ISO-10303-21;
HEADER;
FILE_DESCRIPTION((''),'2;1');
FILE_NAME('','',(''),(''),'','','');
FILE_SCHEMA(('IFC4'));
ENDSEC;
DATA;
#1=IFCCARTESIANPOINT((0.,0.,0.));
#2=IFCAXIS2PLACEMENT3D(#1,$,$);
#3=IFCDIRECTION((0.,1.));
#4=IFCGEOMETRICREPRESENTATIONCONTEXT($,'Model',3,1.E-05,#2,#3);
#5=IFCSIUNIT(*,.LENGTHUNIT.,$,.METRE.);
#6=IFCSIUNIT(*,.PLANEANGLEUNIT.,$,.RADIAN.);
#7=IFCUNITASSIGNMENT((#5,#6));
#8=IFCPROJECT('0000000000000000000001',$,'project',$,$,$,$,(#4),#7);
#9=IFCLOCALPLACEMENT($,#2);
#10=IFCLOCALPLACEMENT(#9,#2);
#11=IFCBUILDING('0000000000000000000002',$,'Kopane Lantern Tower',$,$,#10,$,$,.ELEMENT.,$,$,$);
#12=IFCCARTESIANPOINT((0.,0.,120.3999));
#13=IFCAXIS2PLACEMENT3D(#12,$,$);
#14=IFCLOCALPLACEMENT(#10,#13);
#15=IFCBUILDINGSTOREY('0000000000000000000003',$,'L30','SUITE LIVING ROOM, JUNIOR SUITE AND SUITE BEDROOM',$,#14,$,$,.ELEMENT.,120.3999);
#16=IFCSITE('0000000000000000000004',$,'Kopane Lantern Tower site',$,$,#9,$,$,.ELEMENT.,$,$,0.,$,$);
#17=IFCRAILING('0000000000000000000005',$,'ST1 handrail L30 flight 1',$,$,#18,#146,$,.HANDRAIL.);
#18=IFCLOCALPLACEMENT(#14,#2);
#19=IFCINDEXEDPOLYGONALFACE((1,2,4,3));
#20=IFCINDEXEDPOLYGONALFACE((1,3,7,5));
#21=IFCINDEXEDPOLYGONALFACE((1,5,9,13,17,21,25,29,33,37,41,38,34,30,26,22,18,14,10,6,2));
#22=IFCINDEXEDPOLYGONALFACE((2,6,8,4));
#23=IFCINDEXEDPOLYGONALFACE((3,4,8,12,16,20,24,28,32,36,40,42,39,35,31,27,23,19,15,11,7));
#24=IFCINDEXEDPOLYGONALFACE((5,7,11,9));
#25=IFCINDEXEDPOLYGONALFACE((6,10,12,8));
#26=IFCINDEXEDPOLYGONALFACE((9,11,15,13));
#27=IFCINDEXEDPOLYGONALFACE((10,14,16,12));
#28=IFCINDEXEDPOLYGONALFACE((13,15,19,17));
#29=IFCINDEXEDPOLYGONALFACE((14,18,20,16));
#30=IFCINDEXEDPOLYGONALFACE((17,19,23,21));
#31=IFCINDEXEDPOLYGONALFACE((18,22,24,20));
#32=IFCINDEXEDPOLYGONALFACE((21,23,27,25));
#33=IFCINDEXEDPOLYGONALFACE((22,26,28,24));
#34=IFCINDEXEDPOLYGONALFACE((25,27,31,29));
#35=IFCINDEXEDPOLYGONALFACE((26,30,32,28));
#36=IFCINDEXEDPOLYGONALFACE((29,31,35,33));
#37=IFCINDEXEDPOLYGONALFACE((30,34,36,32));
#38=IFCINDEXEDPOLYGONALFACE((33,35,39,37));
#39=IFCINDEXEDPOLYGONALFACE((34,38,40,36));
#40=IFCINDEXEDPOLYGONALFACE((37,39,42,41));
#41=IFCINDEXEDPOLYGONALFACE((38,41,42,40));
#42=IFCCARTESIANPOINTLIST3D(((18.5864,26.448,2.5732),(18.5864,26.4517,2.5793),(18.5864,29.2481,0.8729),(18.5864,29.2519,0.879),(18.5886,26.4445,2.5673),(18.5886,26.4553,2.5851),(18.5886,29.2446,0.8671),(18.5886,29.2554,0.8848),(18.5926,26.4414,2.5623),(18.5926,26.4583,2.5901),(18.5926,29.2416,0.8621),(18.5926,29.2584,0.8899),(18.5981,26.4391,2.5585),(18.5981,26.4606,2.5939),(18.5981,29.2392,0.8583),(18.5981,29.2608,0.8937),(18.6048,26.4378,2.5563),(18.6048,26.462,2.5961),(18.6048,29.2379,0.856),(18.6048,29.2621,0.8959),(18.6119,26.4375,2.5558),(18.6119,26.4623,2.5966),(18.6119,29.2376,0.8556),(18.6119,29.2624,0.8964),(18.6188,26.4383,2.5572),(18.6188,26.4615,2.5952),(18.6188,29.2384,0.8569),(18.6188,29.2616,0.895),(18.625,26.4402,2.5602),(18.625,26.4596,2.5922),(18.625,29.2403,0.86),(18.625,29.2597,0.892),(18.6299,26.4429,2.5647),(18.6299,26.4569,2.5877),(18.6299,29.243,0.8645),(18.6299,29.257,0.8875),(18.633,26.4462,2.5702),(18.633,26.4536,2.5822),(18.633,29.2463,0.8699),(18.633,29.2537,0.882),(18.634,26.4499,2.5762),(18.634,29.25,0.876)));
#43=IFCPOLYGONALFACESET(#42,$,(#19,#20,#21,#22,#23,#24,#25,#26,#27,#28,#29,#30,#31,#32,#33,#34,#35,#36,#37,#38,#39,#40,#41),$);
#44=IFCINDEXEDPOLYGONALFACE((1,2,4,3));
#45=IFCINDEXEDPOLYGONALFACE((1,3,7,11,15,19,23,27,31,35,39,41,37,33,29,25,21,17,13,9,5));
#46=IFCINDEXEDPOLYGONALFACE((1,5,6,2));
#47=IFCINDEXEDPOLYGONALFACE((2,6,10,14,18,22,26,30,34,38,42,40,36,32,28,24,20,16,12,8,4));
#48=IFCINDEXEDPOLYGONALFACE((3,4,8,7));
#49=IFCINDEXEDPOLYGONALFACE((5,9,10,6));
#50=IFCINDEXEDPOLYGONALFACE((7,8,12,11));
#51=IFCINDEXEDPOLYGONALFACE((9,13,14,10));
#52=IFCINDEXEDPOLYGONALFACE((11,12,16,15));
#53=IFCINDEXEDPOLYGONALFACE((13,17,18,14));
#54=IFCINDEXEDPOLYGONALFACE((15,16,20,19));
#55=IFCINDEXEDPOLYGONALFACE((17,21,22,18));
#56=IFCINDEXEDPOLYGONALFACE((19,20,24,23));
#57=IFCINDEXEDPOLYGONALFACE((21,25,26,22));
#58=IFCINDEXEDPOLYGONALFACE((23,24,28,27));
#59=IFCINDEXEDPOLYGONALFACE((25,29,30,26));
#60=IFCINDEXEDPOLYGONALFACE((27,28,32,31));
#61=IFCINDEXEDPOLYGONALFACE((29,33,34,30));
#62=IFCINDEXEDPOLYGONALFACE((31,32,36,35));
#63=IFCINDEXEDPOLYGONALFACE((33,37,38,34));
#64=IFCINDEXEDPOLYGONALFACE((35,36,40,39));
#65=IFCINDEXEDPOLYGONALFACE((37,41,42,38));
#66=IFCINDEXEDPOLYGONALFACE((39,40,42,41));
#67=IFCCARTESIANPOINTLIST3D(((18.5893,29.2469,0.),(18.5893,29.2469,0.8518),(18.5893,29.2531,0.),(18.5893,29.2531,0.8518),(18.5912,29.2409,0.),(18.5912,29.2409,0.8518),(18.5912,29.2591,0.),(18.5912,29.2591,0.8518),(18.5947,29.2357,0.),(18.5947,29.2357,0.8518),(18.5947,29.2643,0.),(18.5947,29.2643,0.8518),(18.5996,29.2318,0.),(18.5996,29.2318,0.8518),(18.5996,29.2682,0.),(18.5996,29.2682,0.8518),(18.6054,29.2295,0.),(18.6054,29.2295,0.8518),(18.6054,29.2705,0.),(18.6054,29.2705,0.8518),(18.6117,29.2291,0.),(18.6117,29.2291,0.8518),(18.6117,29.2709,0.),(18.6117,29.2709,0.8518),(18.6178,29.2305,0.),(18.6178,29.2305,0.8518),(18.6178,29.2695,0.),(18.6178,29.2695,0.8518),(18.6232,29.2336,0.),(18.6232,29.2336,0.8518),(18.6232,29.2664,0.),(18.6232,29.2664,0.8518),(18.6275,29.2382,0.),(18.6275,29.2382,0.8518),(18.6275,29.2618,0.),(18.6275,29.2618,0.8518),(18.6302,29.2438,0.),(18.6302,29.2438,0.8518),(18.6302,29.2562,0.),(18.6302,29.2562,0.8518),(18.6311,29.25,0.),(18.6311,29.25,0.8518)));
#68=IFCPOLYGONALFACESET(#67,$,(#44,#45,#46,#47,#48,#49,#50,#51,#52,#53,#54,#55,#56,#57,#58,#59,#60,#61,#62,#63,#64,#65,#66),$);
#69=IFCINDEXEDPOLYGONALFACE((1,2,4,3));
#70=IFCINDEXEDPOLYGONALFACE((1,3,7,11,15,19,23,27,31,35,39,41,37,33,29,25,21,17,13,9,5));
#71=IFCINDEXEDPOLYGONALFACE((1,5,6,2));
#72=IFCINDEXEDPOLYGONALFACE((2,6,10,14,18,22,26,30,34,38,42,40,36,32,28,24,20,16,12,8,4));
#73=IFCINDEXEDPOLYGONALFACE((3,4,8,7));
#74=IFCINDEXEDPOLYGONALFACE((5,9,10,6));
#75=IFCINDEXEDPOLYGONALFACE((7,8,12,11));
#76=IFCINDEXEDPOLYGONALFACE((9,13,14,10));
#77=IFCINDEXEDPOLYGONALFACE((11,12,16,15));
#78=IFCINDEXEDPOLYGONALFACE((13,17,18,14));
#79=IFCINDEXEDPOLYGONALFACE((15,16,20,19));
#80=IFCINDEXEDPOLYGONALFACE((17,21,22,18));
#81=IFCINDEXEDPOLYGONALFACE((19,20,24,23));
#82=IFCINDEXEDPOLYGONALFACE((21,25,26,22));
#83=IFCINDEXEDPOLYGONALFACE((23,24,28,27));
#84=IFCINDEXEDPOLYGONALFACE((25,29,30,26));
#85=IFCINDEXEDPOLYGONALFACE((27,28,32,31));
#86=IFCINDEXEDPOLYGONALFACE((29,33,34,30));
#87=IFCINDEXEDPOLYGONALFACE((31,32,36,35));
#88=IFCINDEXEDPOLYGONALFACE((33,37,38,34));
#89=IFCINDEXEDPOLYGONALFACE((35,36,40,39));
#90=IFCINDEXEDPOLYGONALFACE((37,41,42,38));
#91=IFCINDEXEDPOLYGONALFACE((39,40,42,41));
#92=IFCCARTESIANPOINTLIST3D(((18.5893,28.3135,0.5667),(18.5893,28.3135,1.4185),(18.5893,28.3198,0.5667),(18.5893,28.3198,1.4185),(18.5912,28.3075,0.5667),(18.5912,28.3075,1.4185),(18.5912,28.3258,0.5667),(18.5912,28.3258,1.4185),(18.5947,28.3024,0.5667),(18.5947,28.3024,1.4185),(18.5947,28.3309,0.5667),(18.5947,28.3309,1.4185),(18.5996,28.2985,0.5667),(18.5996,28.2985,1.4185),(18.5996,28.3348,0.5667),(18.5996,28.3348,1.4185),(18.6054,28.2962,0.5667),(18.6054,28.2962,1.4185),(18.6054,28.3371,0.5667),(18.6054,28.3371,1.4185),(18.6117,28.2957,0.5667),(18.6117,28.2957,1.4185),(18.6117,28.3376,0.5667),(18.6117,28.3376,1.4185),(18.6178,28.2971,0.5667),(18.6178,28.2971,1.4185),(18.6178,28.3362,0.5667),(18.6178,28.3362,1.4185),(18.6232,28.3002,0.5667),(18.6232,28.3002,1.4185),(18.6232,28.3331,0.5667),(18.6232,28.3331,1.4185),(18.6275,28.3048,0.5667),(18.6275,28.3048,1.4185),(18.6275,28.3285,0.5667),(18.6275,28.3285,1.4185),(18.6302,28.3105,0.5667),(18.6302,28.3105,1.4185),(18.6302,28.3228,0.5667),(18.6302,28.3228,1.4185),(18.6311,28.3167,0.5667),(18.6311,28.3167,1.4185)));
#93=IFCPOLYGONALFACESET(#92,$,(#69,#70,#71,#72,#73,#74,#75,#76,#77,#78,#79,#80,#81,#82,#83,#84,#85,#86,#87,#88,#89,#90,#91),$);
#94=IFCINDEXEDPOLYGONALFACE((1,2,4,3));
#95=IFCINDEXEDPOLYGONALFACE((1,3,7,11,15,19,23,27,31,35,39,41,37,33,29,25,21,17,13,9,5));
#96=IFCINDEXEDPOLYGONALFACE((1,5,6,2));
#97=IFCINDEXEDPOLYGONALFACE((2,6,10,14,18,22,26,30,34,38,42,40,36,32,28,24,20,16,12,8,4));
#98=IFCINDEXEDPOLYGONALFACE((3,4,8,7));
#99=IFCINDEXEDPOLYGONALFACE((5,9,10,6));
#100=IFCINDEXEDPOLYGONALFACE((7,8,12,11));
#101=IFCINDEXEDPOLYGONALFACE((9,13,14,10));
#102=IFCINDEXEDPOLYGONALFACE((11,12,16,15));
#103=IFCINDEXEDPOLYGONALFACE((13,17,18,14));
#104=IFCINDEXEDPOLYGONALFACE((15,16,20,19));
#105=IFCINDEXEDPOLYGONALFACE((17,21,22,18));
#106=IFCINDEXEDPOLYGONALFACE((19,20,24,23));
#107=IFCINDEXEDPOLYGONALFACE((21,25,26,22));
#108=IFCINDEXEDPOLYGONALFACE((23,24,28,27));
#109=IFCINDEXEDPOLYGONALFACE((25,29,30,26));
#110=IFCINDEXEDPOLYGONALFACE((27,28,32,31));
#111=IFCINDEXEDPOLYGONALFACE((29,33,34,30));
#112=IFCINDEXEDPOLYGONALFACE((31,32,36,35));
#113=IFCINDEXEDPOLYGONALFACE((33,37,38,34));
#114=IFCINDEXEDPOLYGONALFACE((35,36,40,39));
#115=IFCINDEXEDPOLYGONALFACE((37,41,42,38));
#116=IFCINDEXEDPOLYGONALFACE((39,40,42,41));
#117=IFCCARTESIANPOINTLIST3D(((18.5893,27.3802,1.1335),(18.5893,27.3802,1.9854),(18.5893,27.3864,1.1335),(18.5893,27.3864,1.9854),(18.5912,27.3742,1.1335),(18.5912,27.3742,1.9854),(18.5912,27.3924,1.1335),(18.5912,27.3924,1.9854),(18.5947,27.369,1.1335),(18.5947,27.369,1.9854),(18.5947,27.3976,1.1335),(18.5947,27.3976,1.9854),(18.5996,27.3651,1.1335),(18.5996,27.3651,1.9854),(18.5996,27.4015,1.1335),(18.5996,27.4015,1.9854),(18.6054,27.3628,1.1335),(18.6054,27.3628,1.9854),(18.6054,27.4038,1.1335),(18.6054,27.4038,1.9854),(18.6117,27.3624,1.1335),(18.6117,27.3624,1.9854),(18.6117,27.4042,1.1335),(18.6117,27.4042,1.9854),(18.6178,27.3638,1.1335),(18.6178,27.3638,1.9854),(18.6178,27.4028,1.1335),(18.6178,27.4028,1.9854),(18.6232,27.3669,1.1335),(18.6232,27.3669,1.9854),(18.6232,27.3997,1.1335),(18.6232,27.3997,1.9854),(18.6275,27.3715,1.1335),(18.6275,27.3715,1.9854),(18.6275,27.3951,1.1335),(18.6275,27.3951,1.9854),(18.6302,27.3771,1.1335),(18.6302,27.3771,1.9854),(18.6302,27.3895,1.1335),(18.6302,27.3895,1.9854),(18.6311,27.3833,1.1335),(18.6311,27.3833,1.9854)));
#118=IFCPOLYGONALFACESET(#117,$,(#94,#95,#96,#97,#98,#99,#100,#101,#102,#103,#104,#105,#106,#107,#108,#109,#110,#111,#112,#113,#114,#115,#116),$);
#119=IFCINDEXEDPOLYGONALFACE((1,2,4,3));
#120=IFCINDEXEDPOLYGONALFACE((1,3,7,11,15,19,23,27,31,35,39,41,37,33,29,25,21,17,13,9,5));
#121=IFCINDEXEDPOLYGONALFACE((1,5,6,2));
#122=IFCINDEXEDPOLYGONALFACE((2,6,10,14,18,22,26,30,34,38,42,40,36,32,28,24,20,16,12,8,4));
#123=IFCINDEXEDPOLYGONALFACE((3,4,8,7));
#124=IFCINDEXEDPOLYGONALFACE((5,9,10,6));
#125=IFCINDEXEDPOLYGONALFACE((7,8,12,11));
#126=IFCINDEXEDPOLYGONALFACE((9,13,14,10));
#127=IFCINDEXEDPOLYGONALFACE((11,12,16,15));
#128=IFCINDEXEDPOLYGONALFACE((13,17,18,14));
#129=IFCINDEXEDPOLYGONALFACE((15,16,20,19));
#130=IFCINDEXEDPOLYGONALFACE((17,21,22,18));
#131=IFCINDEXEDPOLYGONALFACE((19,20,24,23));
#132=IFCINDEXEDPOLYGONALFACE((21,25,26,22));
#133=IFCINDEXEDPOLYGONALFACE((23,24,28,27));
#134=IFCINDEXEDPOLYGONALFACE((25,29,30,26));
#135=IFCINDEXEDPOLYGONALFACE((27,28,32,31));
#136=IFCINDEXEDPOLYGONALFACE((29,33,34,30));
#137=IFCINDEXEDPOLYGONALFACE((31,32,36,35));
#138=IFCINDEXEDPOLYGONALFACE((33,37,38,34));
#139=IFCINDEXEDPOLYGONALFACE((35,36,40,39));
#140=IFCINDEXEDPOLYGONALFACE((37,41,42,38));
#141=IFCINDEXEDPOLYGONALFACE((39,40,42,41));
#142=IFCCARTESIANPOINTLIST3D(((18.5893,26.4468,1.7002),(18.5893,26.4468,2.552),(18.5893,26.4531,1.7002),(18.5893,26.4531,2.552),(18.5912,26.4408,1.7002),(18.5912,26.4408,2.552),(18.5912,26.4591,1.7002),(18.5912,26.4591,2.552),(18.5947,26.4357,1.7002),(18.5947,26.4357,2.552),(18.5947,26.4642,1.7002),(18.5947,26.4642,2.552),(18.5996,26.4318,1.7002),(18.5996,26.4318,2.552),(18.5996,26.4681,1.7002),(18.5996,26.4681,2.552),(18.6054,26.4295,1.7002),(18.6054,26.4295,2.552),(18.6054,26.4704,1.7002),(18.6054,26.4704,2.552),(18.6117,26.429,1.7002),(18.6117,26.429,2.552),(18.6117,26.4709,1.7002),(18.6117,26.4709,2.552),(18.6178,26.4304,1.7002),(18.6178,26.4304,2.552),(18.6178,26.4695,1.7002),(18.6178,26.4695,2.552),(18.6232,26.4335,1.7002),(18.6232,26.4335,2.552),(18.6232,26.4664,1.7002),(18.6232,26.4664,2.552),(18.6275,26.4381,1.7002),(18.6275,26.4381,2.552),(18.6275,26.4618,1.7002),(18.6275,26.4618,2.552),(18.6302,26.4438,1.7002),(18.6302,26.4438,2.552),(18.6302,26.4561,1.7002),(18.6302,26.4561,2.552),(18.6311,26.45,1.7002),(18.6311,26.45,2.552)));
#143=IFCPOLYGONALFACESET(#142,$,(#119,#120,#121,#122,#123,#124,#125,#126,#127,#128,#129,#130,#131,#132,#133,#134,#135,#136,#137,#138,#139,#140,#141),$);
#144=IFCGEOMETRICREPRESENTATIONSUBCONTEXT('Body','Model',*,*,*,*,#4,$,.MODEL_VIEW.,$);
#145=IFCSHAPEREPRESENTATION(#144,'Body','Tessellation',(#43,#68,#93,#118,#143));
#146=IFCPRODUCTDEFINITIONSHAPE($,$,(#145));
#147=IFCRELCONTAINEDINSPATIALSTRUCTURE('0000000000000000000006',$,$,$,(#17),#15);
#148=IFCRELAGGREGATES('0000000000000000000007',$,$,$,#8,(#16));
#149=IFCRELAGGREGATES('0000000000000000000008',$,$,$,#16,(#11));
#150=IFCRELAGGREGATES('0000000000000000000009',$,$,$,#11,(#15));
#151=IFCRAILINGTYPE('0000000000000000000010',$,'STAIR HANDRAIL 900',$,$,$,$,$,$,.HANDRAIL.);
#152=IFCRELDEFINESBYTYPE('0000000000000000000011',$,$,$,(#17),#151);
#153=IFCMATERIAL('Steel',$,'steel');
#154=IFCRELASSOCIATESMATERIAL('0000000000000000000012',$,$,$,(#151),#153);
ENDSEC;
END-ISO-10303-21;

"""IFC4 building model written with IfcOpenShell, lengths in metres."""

from ifc_helpers import new_model, si_unit, direction, frame, origin, origin_2d, place, context, subcontext, project, spatial, circle, extrude, material, type_object, element, save


model = new_model("IFC4")

# Units and contexts
model_context = context("Model", 3, precision=1e-05, world=origin(), true_north=direction((0.0, 1.0)))
body_context = subcontext(model_context, "Body", "Model", "MODEL_VIEW")
ifc_project = project(units=[si_unit("LENGTHUNIT", "METRE"), si_unit("PLANEANGLEUNIT", "RADIAN")], contexts=[model_context])

# Site, building, storey
site_placement = place(None, origin())
site = spatial("IfcSite", under=ifc_project, at=site_placement, Name="Kopane Lantern Tower site", CompositionType="ELEMENT", RefElevation=0.0)
building_placement = place(site_placement, origin())
building = spatial("IfcBuilding", under=site, at=building_placement, Name="Kopane Lantern Tower", CompositionType="ELEMENT")
storey_placement = place(building_placement, frame((0.0, 0.0, 120.3999)))
storey = spatial("IfcBuildingStorey", under=building, at=storey_placement, Name="L30", Description="SUITE LIVING ROOM, JUNIOR SUITE AND SUITE BEDROOM", CompositionType="ELEMENT", Elevation=120.3999)

# Railing
ifc_material_1 = material(Name="Steel", Category="steel")
railing_type_1 = type_object("IfcRailingType", Name="STAIR HANDRAIL 900", PredefinedType="HANDRAIL", material=ifc_material_1)
for number, where, name in (
    (1, (18.6101, 29.25, 0.0), "ST1 handrail L30 flight 1"),
):
    element("IfcRailing", number, at=place(storey_placement, frame(where)), inside=storey, type_object=railing_type_1, Name=name, PredefinedType="HANDRAIL", context=body_context, shape_type="SweptSolid", body=[
        extrude(circle(Radius=0.0239, at=origin_2d()), frame((0.0, 0.0, 0.876), z_axis=(0.0, -0.854765, 0.519015), x_axis=(1.0, 0.0, 0.0)), (0.0, 0.0, 1.0), 3.2759),
        extrude(circle(Radius=0.021, at=origin_2d()), origin(), (0.0, 0.0, 1.0), 0.8518),
        extrude(circle(Radius=0.021, at=origin_2d()), frame((0.0, -0.9333, 0.5667)), (0.0, 0.0, 1.0), 0.8518),
        extrude(circle(Radius=0.021, at=origin_2d()), frame((0.0, -1.8667, 1.1335)), (0.0, 0.0, 1.0), 0.8518),
        extrude(circle(Radius=0.021, at=origin_2d()), frame((0.0, -2.8, 1.7002)), (0.0, 0.0, 1.0), 0.8518),
    ])

save(model, "model.ifc")
